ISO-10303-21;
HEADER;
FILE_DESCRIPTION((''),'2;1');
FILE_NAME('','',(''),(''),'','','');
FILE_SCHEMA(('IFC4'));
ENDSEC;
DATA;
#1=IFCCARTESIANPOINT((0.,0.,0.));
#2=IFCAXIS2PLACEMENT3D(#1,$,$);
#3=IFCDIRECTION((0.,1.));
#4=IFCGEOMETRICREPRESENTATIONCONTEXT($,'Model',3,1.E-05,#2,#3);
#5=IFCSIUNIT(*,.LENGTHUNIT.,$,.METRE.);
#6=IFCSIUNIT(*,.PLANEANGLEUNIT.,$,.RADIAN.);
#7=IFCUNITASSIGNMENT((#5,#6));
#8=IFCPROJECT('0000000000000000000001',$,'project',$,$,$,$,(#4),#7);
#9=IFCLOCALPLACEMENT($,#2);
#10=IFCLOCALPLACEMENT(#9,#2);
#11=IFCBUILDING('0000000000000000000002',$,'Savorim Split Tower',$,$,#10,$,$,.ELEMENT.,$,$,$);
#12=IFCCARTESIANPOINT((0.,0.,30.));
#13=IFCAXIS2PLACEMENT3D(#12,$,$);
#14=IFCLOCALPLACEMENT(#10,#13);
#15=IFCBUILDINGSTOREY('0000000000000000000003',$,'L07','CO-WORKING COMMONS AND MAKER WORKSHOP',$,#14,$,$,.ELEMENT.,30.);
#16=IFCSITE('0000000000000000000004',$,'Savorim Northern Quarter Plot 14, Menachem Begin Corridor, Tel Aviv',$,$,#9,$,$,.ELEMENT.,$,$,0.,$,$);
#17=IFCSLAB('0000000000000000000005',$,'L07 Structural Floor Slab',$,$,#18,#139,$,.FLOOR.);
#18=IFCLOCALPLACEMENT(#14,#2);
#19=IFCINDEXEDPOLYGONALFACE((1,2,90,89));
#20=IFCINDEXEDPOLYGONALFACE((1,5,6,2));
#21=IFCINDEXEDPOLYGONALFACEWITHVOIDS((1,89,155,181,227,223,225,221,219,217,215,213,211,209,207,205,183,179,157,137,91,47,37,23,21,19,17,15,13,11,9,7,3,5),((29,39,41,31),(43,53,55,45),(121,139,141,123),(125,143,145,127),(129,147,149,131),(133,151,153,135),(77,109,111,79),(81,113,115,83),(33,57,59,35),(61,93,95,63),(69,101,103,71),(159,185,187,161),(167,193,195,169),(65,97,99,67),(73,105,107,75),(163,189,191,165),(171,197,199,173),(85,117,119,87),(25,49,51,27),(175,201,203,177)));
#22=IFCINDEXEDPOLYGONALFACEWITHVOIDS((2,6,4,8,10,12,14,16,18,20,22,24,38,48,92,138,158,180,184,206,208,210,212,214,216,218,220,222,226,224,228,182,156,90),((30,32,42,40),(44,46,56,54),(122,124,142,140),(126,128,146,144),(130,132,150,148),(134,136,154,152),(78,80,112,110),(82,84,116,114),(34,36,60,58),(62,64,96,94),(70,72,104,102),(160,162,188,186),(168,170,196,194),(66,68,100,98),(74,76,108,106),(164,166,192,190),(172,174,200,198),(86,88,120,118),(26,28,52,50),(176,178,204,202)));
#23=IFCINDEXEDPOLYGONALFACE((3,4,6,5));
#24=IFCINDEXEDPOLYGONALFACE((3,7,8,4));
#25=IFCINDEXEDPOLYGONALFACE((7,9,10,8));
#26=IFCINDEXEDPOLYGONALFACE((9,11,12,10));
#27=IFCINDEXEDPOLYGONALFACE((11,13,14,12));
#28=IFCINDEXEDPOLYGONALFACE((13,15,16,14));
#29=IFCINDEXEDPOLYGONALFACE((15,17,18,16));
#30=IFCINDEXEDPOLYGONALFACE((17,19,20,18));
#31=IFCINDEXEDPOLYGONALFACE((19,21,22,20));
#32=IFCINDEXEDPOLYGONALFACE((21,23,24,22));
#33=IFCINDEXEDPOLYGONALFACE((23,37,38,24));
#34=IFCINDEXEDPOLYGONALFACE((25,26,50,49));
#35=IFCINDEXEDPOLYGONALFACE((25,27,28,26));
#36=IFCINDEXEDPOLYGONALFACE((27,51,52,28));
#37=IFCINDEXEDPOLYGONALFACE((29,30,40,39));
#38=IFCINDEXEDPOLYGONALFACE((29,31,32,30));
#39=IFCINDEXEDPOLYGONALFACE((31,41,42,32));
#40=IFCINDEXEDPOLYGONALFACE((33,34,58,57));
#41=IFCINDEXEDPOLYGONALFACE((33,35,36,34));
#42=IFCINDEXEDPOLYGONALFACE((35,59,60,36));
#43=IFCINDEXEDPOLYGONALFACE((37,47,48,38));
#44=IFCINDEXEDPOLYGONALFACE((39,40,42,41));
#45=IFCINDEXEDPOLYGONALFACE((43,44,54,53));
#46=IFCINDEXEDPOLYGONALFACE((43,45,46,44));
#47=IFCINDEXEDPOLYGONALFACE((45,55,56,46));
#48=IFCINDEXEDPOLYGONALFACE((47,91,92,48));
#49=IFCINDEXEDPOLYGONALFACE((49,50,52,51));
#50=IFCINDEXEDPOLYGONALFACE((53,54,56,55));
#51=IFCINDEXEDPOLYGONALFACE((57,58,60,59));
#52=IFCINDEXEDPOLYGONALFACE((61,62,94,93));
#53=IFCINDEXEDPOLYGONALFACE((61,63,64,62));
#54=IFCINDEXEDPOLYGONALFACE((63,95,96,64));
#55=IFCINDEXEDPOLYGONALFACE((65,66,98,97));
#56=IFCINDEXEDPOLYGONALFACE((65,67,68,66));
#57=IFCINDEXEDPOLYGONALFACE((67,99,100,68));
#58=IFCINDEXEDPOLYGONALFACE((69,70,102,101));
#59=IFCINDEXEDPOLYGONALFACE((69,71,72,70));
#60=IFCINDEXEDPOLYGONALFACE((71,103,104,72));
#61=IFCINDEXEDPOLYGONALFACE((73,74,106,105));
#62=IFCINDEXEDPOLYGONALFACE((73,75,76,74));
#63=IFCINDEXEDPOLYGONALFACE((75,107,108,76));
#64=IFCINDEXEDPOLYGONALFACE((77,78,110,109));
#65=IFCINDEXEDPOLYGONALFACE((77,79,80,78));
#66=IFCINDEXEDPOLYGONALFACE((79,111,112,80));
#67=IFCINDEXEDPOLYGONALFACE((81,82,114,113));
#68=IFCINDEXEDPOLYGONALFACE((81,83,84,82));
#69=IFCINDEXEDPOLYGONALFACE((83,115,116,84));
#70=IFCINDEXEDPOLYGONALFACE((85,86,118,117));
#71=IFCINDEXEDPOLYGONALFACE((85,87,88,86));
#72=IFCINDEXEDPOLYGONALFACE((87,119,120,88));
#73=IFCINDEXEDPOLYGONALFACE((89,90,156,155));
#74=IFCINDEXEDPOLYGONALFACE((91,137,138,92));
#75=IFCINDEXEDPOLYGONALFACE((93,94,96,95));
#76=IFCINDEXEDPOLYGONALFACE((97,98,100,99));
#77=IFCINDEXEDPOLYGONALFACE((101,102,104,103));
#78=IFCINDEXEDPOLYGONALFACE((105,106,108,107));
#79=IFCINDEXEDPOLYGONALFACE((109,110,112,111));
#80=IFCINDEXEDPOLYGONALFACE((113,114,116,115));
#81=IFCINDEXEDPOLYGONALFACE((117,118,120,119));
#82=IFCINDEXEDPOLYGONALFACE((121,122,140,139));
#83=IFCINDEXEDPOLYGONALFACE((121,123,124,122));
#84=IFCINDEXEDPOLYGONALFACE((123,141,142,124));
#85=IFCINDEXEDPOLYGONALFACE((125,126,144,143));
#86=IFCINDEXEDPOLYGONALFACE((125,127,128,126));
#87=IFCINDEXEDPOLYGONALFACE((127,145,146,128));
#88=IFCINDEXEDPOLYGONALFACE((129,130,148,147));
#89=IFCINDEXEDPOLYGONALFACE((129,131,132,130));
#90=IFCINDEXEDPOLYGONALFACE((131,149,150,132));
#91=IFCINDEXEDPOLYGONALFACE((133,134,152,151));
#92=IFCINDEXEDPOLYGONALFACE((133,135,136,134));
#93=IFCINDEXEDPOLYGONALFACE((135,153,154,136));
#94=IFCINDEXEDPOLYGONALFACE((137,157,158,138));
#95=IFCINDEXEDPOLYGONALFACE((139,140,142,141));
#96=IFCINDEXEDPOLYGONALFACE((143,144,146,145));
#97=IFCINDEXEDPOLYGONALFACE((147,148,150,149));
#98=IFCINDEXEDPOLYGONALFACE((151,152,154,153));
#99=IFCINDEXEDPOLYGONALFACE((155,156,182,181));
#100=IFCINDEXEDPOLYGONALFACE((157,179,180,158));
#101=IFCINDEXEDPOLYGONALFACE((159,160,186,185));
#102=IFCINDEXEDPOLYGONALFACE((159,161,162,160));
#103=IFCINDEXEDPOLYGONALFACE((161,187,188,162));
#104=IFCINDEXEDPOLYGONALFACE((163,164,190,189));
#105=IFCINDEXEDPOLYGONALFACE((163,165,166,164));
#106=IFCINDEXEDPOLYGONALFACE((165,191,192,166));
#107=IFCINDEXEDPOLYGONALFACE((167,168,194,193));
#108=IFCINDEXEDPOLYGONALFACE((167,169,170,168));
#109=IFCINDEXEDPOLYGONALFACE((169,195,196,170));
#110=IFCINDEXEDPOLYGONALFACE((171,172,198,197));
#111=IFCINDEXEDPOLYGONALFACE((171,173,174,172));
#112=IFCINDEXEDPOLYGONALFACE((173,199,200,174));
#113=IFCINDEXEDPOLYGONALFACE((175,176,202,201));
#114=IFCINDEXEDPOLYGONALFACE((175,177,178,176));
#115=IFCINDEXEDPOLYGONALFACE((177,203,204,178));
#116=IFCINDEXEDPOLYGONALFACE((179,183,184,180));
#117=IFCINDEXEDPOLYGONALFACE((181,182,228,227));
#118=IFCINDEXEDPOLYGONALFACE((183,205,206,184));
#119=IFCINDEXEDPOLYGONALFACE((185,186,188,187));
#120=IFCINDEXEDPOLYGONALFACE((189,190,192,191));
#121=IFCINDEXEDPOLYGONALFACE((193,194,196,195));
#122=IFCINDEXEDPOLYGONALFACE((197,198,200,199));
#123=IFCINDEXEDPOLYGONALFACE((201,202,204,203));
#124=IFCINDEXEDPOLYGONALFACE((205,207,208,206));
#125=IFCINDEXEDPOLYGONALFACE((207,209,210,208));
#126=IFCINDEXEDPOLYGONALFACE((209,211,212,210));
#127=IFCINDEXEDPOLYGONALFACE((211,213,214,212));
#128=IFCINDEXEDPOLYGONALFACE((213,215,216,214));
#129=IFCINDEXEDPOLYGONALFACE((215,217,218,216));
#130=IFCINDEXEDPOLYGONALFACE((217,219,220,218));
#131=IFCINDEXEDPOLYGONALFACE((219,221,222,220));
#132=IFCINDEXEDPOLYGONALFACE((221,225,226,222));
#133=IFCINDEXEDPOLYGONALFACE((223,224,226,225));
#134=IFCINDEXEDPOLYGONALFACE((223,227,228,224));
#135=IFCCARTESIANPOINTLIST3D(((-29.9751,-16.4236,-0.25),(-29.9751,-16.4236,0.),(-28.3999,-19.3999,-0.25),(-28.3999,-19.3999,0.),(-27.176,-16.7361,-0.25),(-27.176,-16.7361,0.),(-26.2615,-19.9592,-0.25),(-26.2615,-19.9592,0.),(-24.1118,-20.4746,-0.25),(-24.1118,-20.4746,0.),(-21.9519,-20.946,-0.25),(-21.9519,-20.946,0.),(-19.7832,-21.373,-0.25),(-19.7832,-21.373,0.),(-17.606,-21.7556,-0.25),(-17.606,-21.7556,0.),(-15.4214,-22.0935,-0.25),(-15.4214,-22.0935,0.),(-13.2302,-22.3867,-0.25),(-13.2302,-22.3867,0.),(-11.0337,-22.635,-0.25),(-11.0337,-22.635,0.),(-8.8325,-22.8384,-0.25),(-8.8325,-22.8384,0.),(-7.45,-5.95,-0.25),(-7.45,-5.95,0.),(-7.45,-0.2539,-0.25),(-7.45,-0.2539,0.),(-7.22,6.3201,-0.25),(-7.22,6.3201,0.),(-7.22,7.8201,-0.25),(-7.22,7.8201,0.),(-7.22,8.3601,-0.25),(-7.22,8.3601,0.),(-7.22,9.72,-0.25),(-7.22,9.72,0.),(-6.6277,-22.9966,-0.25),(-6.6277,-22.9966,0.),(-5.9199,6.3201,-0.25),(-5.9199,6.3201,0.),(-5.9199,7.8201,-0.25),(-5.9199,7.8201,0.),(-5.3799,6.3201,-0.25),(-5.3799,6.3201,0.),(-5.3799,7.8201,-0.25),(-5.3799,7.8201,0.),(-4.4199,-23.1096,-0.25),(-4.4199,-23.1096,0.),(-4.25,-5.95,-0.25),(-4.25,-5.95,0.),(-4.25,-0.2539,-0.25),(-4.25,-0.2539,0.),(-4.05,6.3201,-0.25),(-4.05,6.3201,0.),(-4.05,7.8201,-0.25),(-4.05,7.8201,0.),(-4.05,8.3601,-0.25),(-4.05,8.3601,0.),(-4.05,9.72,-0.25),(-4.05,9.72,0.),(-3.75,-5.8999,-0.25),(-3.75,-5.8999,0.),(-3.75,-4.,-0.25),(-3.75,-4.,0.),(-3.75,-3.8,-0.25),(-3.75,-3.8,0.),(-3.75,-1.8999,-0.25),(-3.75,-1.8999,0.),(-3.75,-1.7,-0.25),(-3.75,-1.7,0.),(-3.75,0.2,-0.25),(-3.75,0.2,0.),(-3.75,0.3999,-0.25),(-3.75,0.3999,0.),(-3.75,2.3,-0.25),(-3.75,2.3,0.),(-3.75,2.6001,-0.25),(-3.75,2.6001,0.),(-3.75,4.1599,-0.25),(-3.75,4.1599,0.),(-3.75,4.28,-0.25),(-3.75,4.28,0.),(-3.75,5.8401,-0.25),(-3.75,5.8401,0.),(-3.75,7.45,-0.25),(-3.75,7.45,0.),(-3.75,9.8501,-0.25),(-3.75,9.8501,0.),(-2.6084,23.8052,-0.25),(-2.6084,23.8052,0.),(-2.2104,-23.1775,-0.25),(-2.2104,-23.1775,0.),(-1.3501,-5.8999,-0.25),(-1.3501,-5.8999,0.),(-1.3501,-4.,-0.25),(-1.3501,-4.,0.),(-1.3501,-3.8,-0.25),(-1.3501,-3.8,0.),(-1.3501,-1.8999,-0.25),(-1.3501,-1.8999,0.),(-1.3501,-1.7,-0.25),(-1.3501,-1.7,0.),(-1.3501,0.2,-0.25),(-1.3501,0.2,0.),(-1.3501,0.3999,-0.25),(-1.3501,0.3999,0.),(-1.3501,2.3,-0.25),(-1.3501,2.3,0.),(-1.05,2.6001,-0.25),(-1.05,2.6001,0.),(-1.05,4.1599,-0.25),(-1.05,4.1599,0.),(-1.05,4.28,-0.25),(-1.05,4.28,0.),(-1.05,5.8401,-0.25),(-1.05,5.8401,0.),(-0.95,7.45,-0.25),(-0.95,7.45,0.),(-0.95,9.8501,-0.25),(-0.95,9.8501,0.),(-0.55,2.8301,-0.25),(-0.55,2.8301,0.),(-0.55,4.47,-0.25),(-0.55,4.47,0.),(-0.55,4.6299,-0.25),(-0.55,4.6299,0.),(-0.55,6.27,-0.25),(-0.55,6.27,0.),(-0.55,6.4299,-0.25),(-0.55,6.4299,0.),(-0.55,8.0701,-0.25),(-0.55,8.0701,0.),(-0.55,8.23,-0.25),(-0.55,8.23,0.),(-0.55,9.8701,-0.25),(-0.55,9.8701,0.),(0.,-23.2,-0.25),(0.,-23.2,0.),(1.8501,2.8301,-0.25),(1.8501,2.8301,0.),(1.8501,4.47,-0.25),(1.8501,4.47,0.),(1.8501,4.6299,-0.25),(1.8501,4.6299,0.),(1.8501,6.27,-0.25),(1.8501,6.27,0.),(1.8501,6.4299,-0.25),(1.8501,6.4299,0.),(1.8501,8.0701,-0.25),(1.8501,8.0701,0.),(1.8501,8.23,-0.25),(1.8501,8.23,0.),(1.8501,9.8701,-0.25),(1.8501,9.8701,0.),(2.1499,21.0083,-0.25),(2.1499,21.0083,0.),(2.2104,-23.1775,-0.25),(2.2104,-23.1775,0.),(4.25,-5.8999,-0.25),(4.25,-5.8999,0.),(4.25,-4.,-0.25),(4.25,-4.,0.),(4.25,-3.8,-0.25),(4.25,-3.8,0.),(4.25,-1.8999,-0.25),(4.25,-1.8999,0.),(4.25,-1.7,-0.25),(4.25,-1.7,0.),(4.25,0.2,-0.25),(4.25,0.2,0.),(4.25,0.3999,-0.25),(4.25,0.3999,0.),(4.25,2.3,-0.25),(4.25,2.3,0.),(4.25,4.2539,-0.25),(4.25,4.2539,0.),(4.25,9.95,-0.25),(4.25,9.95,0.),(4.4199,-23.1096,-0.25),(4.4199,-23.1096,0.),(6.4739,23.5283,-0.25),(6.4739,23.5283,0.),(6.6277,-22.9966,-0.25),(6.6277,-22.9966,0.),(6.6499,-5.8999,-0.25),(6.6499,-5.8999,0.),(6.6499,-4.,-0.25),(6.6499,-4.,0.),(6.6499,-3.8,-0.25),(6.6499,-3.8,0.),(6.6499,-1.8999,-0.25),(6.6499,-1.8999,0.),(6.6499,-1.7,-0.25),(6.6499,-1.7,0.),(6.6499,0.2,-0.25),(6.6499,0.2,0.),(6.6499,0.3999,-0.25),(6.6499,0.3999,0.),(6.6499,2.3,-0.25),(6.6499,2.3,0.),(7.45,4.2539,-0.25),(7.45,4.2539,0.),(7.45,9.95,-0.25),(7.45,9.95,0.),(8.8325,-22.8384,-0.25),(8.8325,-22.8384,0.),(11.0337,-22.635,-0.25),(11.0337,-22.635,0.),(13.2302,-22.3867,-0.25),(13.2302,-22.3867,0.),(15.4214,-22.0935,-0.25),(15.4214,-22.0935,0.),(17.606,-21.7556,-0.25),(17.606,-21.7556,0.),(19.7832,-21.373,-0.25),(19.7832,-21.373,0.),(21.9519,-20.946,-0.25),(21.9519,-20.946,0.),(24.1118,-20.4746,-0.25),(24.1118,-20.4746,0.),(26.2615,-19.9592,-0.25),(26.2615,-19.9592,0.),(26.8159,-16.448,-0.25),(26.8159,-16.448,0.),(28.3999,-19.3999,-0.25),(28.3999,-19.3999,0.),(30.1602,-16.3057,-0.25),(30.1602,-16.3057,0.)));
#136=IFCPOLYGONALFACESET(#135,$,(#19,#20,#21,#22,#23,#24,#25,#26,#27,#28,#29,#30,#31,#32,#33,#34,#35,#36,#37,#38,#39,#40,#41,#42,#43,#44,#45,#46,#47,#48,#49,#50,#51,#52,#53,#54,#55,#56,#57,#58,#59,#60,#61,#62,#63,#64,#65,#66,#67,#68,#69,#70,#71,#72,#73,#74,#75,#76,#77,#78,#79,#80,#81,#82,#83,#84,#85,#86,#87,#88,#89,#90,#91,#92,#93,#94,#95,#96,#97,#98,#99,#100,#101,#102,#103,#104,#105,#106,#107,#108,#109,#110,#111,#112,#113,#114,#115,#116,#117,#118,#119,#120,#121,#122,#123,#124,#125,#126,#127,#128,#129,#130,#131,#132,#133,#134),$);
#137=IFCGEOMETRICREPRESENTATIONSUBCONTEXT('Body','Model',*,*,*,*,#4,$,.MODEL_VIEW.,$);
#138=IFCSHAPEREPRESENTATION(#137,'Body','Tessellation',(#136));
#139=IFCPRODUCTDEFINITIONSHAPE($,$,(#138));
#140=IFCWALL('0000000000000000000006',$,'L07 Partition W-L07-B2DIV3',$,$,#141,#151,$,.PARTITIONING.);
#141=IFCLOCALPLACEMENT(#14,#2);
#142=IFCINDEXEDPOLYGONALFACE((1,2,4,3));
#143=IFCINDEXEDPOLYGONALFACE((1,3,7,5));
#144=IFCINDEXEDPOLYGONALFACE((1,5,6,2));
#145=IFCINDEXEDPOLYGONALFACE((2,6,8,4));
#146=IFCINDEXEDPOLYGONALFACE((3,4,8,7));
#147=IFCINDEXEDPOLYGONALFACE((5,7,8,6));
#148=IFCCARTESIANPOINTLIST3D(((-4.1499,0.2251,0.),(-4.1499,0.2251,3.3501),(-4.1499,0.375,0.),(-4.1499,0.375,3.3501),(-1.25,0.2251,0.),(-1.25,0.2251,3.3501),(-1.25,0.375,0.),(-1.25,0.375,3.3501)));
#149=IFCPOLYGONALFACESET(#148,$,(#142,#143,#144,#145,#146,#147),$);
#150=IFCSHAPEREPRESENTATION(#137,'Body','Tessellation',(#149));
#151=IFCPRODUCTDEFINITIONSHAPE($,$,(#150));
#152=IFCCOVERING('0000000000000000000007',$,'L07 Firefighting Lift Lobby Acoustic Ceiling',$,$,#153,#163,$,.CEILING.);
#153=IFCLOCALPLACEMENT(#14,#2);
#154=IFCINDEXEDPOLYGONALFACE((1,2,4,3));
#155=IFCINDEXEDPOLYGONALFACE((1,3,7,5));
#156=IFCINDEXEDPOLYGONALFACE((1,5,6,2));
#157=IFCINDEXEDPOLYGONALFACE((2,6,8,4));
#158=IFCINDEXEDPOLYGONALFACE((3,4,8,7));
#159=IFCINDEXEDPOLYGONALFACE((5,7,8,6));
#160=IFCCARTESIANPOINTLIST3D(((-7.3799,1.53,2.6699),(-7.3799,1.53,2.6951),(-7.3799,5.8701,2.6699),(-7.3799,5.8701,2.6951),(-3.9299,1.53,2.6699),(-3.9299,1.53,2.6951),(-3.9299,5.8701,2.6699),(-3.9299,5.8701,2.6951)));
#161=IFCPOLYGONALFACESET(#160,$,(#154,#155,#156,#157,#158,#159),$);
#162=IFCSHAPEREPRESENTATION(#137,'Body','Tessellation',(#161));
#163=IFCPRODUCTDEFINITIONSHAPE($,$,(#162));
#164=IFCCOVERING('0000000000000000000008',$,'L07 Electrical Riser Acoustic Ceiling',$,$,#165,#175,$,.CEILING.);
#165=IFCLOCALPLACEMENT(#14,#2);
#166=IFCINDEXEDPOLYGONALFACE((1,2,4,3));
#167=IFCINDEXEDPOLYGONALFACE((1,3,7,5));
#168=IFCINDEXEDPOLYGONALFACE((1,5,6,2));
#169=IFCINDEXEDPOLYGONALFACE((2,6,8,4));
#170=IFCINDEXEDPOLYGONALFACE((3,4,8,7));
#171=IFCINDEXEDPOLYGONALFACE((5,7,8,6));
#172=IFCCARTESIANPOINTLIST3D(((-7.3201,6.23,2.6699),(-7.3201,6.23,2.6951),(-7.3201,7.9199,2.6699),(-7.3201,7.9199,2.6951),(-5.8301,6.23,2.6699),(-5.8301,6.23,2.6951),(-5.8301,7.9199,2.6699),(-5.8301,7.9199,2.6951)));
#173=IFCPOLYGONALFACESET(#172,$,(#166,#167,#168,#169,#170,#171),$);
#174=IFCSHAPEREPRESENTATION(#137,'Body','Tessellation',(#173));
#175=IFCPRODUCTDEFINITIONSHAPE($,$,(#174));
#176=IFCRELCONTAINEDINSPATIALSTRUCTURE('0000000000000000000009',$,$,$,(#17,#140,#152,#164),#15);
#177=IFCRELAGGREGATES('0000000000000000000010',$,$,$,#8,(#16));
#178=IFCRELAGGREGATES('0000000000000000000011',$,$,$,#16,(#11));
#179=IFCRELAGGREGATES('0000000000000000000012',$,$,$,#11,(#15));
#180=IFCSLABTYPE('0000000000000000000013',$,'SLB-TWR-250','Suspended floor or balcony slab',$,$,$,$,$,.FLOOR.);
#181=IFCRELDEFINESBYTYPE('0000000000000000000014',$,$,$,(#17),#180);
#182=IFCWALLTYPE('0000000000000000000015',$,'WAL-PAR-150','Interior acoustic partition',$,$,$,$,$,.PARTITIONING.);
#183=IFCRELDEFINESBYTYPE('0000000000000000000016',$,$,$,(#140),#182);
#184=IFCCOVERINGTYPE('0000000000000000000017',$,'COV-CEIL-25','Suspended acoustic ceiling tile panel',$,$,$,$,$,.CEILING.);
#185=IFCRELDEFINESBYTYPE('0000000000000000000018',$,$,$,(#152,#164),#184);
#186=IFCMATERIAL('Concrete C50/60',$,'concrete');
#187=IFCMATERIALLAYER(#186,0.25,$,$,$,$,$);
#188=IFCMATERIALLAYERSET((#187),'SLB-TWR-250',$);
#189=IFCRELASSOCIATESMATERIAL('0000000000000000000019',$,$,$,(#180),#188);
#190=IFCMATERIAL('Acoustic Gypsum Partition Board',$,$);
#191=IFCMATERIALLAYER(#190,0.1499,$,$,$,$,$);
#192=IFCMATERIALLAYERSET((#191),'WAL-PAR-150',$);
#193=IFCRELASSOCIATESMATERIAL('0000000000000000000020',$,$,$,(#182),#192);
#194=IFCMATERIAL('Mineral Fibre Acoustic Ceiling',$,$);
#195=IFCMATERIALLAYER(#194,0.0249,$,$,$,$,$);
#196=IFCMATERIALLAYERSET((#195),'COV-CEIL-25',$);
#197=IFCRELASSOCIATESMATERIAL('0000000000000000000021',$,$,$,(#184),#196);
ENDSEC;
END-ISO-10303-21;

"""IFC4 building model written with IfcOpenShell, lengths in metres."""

from ifc_helpers import new_model, si_unit, direction, frame, frame_2d, origin, place, context, subcontext, project, spatial, polyline, rectangle, outline, extrude, material, layer, layer_set, type_object, element, save


model = new_model("IFC4")

# Units and contexts
model_context = context("Model", 3, precision=1e-05, world=origin(), true_north=direction((0.0, 1.0)))
body_context = subcontext(model_context, "Body", "Model", "MODEL_VIEW")
ifc_project = project(units=[si_unit("LENGTHUNIT", "METRE"), si_unit("PLANEANGLEUNIT", "RADIAN")], contexts=[model_context])

# Site, building, storey
site_placement = place(None, origin())
site = spatial("IfcSite", under=ifc_project, at=site_placement, Name="Savorim Northern Quarter Plot 14, Menachem Begin Corridor, Tel Aviv", CompositionType="ELEMENT", RefElevation=0.0)
building_placement = place(site_placement, origin())
building = spatial("IfcBuilding", under=site, at=building_placement, Name="Savorim Split Tower", CompositionType="ELEMENT")
storey_placement = place(building_placement, frame((0.0, 0.0, 30.0)))
storey = spatial("IfcBuildingStorey", under=building, at=storey_placement, Name="L07", Description="CO-WORKING COMMONS AND MAKER WORKSHOP", CompositionType="ELEMENT", Elevation=30.0)

# Shared definitions
ifc_material_1 = material(Name="Concrete C50/60", Category="concrete")

# Slab
ifc_layer_1 = layer(ifc_material_1, 0.25)
ifc_layer_set_1 = layer_set([ifc_layer_1], Name="SLB-TWR-250")
slab_type_1 = type_object("IfcSlabType", Name="SLB-TWR-250", Description="Suspended floor or balcony slab", PredefinedType="FLOOR", material=ifc_layer_set_1)
slab_1_placement = place(storey_placement, frame((0.0, 0.0, -0.25)))
element("IfcSlab", 1, at=slab_1_placement, inside=storey, type_object=slab_type_1, Name="L07 Structural Floor Slab", PredefinedType="FLOOR", context=body_context, shape_type="SweptSolid", body=[
    extrude(outline(polyline([(-28.3999, -19.3999), (-26.2615, -19.9592), (-24.1118, -20.4746), (-21.9519, -20.946), (-19.7832, -21.373), (-17.606, -21.7556), (-15.4214, -22.0935), (-13.2302, -22.3867), (-11.0337, -22.635), (-8.8325, -22.8384), (-6.6277, -22.9966), (-4.4199, -23.1096), (-2.2104, -23.1775), (0.0, -23.2), (2.2104, -23.1775), (4.4199, -23.1096), (6.6277, -22.9966), (8.8325, -22.8384), (11.0337, -22.635), (13.2302, -22.3867), (15.4214, -22.0935), (17.606, -21.7556), (19.7832, -21.373), (21.9519, -20.946), (24.1118, -20.4746), (26.2615, -19.9592), (28.3999, -19.3999), (26.8159, -16.448), (30.1602, -16.3057), (6.4739, 23.5283), (2.1499, 21.0083), (-2.6084, 23.8052), (-29.9751, -16.4236), (-27.176, -16.7361), (-28.3999, -19.3999)]), holes=[polyline([(-7.45, -0.2539), (-7.45, -5.95), (-4.25, -5.95), (-4.25, -0.2539), (-7.45, -0.2539)]), polyline([(7.45, 4.2539), (7.45, 9.95), (4.25, 9.95), (4.25, 4.2539), (7.45, 4.2539)]), polyline([(4.25, -5.8999), (6.6499, -5.8999), (6.6499, -4.0), (4.25, -4.0), (4.25, -5.8999)]), polyline([(4.25, -3.8), (6.6499, -3.8), (6.6499, -1.8999), (4.25, -1.8999), (4.25, -3.8)]), polyline([(4.25, -1.7), (6.6499, -1.7), (6.6499, 0.2), (4.25, 0.2), (4.25, -1.7)]), polyline([(4.25, 0.3999), (6.6499, 0.3999), (6.6499, 2.3), (4.25, 2.3), (4.25, 0.3999)]), polyline([(-3.75, -5.8999), (-1.3501, -5.8999), (-1.3501, -4.0), (-3.75, -4.0), (-3.75, -5.8999)]), polyline([(-3.75, -3.8), (-1.3501, -3.8), (-1.3501, -1.8999), (-3.75, -1.8999), (-3.75, -3.8)]), polyline([(-3.75, -1.7), (-1.3501, -1.7), (-1.3501, 0.2), (-3.75, 0.2), (-3.75, -1.7)]), polyline([(-3.75, 0.3999), (-1.3501, 0.3999), (-1.3501, 2.3), (-3.75, 2.3), (-3.75, 0.3999)]), polyline([(-0.55, 2.8301), (1.8501, 2.8301), (1.8501, 4.47), (-0.55, 4.47), (-0.55, 2.8301)]), polyline([(-0.55, 4.6299), (1.8501, 4.6299), (1.8501, 6.27), (-0.55, 6.27), (-0.55, 4.6299)]), polyline([(-0.55, 6.4299), (1.8501, 6.4299), (1.8501, 8.0701), (-0.55, 8.0701), (-0.55, 6.4299)]), polyline([(-0.55, 8.23), (1.8501, 8.23), (1.8501, 9.8701), (-0.55, 9.8701), (-0.55, 8.23)]), polyline([(-3.75, 2.6001), (-1.05, 2.6001), (-1.05, 4.1599), (-3.75, 4.1599), (-3.75, 2.6001)]), polyline([(-3.75, 4.28), (-1.05, 4.28), (-1.05, 5.8401), (-3.75, 5.8401), (-3.75, 4.28)]), polyline([(-3.75, 7.45), (-0.95, 7.45), (-0.95, 9.8501), (-3.75, 9.8501), (-3.75, 7.45)]), polyline([(-7.22, 6.3201), (-5.9199, 6.3201), (-5.9199, 7.8201), (-7.22, 7.8201), (-7.22, 6.3201)]), polyline([(-5.3799, 6.3201), (-4.05, 6.3201), (-4.05, 7.8201), (-5.3799, 7.8201), (-5.3799, 6.3201)]), polyline([(-7.22, 8.3601), (-4.05, 8.3601), (-4.05, 9.72), (-7.22, 9.72), (-7.22, 8.3601)])]), origin(), (0.0, 0.0, 1.0), 0.25),
])

# Wall
ifc_material_2 = material(Name="Acoustic Gypsum Partition Board")
ifc_layer_2 = layer(ifc_material_2, 0.1499)
ifc_layer_set_2 = layer_set([ifc_layer_2], Name="WAL-PAR-150")
wall_type_1 = type_object("IfcWallType", Name="WAL-PAR-150", Description="Interior acoustic partition", PredefinedType="PARTITIONING", material=ifc_layer_set_2)
wall_1_placement = place(storey_placement, frame((-4.1499, 0.3, 0.0), z_axis=(0.0, 0.0, 1.0), x_axis=(1.0, 0.0, 0.0)))
element("IfcWall", 2, at=wall_1_placement, inside=storey, type_object=wall_type_1, Name="L07 Partition W-L07-B2DIV3", PredefinedType="PARTITIONING", context=body_context, shape_type="SweptSolid", body=[
    extrude(rectangle(XDim=2.8999, YDim=0.1499, at=frame_2d((1.45, 0.0))), origin(), (0.0, 0.0, 1.0), 3.3501),
])

# Coverings
ifc_material_3 = material(Name="Mineral Fibre Acoustic Ceiling")
ifc_layer_3 = layer(ifc_material_3, 0.0249)
ifc_layer_set_3 = layer_set([ifc_layer_3], Name="COV-CEIL-25")
covering_type_1 = type_object("IfcCoveringType", Name="COV-CEIL-25", Description="Suspended acoustic ceiling tile panel", PredefinedType="CEILING", material=ifc_layer_set_3)
covering_1_placement = place(storey_placement, frame((0.0, 0.0, 2.6699)))
element("IfcCovering", 3, at=covering_1_placement, inside=storey, type_object=covering_type_1, Name="L07 Firefighting Lift Lobby Acoustic Ceiling", PredefinedType="CEILING", context=body_context, shape_type="SweptSolid", body=[
    extrude(outline(polyline([(-7.3799, 5.8701), (-7.3799, 1.53), (-3.9299, 1.53), (-3.9299, 5.8701), (-7.3799, 5.8701)])), origin(), (0.0, 0.0, 1.0), 0.0251),
])
covering_2_placement = place(storey_placement, frame((0.0, 0.0, 2.6699)))
element("IfcCovering", 4, at=covering_2_placement, inside=storey, type_object=covering_type_1, Name="L07 Electrical Riser Acoustic Ceiling", PredefinedType="CEILING", context=body_context, shape_type="SweptSolid", body=[
    extrude(outline(polyline([(-7.3201, 7.9199), (-7.3201, 6.23), (-5.8301, 6.23), (-5.8301, 7.9199), (-7.3201, 7.9199)])), origin(), (0.0, 0.0, 1.0), 0.0251),
])

save(model, "model.ifc")
